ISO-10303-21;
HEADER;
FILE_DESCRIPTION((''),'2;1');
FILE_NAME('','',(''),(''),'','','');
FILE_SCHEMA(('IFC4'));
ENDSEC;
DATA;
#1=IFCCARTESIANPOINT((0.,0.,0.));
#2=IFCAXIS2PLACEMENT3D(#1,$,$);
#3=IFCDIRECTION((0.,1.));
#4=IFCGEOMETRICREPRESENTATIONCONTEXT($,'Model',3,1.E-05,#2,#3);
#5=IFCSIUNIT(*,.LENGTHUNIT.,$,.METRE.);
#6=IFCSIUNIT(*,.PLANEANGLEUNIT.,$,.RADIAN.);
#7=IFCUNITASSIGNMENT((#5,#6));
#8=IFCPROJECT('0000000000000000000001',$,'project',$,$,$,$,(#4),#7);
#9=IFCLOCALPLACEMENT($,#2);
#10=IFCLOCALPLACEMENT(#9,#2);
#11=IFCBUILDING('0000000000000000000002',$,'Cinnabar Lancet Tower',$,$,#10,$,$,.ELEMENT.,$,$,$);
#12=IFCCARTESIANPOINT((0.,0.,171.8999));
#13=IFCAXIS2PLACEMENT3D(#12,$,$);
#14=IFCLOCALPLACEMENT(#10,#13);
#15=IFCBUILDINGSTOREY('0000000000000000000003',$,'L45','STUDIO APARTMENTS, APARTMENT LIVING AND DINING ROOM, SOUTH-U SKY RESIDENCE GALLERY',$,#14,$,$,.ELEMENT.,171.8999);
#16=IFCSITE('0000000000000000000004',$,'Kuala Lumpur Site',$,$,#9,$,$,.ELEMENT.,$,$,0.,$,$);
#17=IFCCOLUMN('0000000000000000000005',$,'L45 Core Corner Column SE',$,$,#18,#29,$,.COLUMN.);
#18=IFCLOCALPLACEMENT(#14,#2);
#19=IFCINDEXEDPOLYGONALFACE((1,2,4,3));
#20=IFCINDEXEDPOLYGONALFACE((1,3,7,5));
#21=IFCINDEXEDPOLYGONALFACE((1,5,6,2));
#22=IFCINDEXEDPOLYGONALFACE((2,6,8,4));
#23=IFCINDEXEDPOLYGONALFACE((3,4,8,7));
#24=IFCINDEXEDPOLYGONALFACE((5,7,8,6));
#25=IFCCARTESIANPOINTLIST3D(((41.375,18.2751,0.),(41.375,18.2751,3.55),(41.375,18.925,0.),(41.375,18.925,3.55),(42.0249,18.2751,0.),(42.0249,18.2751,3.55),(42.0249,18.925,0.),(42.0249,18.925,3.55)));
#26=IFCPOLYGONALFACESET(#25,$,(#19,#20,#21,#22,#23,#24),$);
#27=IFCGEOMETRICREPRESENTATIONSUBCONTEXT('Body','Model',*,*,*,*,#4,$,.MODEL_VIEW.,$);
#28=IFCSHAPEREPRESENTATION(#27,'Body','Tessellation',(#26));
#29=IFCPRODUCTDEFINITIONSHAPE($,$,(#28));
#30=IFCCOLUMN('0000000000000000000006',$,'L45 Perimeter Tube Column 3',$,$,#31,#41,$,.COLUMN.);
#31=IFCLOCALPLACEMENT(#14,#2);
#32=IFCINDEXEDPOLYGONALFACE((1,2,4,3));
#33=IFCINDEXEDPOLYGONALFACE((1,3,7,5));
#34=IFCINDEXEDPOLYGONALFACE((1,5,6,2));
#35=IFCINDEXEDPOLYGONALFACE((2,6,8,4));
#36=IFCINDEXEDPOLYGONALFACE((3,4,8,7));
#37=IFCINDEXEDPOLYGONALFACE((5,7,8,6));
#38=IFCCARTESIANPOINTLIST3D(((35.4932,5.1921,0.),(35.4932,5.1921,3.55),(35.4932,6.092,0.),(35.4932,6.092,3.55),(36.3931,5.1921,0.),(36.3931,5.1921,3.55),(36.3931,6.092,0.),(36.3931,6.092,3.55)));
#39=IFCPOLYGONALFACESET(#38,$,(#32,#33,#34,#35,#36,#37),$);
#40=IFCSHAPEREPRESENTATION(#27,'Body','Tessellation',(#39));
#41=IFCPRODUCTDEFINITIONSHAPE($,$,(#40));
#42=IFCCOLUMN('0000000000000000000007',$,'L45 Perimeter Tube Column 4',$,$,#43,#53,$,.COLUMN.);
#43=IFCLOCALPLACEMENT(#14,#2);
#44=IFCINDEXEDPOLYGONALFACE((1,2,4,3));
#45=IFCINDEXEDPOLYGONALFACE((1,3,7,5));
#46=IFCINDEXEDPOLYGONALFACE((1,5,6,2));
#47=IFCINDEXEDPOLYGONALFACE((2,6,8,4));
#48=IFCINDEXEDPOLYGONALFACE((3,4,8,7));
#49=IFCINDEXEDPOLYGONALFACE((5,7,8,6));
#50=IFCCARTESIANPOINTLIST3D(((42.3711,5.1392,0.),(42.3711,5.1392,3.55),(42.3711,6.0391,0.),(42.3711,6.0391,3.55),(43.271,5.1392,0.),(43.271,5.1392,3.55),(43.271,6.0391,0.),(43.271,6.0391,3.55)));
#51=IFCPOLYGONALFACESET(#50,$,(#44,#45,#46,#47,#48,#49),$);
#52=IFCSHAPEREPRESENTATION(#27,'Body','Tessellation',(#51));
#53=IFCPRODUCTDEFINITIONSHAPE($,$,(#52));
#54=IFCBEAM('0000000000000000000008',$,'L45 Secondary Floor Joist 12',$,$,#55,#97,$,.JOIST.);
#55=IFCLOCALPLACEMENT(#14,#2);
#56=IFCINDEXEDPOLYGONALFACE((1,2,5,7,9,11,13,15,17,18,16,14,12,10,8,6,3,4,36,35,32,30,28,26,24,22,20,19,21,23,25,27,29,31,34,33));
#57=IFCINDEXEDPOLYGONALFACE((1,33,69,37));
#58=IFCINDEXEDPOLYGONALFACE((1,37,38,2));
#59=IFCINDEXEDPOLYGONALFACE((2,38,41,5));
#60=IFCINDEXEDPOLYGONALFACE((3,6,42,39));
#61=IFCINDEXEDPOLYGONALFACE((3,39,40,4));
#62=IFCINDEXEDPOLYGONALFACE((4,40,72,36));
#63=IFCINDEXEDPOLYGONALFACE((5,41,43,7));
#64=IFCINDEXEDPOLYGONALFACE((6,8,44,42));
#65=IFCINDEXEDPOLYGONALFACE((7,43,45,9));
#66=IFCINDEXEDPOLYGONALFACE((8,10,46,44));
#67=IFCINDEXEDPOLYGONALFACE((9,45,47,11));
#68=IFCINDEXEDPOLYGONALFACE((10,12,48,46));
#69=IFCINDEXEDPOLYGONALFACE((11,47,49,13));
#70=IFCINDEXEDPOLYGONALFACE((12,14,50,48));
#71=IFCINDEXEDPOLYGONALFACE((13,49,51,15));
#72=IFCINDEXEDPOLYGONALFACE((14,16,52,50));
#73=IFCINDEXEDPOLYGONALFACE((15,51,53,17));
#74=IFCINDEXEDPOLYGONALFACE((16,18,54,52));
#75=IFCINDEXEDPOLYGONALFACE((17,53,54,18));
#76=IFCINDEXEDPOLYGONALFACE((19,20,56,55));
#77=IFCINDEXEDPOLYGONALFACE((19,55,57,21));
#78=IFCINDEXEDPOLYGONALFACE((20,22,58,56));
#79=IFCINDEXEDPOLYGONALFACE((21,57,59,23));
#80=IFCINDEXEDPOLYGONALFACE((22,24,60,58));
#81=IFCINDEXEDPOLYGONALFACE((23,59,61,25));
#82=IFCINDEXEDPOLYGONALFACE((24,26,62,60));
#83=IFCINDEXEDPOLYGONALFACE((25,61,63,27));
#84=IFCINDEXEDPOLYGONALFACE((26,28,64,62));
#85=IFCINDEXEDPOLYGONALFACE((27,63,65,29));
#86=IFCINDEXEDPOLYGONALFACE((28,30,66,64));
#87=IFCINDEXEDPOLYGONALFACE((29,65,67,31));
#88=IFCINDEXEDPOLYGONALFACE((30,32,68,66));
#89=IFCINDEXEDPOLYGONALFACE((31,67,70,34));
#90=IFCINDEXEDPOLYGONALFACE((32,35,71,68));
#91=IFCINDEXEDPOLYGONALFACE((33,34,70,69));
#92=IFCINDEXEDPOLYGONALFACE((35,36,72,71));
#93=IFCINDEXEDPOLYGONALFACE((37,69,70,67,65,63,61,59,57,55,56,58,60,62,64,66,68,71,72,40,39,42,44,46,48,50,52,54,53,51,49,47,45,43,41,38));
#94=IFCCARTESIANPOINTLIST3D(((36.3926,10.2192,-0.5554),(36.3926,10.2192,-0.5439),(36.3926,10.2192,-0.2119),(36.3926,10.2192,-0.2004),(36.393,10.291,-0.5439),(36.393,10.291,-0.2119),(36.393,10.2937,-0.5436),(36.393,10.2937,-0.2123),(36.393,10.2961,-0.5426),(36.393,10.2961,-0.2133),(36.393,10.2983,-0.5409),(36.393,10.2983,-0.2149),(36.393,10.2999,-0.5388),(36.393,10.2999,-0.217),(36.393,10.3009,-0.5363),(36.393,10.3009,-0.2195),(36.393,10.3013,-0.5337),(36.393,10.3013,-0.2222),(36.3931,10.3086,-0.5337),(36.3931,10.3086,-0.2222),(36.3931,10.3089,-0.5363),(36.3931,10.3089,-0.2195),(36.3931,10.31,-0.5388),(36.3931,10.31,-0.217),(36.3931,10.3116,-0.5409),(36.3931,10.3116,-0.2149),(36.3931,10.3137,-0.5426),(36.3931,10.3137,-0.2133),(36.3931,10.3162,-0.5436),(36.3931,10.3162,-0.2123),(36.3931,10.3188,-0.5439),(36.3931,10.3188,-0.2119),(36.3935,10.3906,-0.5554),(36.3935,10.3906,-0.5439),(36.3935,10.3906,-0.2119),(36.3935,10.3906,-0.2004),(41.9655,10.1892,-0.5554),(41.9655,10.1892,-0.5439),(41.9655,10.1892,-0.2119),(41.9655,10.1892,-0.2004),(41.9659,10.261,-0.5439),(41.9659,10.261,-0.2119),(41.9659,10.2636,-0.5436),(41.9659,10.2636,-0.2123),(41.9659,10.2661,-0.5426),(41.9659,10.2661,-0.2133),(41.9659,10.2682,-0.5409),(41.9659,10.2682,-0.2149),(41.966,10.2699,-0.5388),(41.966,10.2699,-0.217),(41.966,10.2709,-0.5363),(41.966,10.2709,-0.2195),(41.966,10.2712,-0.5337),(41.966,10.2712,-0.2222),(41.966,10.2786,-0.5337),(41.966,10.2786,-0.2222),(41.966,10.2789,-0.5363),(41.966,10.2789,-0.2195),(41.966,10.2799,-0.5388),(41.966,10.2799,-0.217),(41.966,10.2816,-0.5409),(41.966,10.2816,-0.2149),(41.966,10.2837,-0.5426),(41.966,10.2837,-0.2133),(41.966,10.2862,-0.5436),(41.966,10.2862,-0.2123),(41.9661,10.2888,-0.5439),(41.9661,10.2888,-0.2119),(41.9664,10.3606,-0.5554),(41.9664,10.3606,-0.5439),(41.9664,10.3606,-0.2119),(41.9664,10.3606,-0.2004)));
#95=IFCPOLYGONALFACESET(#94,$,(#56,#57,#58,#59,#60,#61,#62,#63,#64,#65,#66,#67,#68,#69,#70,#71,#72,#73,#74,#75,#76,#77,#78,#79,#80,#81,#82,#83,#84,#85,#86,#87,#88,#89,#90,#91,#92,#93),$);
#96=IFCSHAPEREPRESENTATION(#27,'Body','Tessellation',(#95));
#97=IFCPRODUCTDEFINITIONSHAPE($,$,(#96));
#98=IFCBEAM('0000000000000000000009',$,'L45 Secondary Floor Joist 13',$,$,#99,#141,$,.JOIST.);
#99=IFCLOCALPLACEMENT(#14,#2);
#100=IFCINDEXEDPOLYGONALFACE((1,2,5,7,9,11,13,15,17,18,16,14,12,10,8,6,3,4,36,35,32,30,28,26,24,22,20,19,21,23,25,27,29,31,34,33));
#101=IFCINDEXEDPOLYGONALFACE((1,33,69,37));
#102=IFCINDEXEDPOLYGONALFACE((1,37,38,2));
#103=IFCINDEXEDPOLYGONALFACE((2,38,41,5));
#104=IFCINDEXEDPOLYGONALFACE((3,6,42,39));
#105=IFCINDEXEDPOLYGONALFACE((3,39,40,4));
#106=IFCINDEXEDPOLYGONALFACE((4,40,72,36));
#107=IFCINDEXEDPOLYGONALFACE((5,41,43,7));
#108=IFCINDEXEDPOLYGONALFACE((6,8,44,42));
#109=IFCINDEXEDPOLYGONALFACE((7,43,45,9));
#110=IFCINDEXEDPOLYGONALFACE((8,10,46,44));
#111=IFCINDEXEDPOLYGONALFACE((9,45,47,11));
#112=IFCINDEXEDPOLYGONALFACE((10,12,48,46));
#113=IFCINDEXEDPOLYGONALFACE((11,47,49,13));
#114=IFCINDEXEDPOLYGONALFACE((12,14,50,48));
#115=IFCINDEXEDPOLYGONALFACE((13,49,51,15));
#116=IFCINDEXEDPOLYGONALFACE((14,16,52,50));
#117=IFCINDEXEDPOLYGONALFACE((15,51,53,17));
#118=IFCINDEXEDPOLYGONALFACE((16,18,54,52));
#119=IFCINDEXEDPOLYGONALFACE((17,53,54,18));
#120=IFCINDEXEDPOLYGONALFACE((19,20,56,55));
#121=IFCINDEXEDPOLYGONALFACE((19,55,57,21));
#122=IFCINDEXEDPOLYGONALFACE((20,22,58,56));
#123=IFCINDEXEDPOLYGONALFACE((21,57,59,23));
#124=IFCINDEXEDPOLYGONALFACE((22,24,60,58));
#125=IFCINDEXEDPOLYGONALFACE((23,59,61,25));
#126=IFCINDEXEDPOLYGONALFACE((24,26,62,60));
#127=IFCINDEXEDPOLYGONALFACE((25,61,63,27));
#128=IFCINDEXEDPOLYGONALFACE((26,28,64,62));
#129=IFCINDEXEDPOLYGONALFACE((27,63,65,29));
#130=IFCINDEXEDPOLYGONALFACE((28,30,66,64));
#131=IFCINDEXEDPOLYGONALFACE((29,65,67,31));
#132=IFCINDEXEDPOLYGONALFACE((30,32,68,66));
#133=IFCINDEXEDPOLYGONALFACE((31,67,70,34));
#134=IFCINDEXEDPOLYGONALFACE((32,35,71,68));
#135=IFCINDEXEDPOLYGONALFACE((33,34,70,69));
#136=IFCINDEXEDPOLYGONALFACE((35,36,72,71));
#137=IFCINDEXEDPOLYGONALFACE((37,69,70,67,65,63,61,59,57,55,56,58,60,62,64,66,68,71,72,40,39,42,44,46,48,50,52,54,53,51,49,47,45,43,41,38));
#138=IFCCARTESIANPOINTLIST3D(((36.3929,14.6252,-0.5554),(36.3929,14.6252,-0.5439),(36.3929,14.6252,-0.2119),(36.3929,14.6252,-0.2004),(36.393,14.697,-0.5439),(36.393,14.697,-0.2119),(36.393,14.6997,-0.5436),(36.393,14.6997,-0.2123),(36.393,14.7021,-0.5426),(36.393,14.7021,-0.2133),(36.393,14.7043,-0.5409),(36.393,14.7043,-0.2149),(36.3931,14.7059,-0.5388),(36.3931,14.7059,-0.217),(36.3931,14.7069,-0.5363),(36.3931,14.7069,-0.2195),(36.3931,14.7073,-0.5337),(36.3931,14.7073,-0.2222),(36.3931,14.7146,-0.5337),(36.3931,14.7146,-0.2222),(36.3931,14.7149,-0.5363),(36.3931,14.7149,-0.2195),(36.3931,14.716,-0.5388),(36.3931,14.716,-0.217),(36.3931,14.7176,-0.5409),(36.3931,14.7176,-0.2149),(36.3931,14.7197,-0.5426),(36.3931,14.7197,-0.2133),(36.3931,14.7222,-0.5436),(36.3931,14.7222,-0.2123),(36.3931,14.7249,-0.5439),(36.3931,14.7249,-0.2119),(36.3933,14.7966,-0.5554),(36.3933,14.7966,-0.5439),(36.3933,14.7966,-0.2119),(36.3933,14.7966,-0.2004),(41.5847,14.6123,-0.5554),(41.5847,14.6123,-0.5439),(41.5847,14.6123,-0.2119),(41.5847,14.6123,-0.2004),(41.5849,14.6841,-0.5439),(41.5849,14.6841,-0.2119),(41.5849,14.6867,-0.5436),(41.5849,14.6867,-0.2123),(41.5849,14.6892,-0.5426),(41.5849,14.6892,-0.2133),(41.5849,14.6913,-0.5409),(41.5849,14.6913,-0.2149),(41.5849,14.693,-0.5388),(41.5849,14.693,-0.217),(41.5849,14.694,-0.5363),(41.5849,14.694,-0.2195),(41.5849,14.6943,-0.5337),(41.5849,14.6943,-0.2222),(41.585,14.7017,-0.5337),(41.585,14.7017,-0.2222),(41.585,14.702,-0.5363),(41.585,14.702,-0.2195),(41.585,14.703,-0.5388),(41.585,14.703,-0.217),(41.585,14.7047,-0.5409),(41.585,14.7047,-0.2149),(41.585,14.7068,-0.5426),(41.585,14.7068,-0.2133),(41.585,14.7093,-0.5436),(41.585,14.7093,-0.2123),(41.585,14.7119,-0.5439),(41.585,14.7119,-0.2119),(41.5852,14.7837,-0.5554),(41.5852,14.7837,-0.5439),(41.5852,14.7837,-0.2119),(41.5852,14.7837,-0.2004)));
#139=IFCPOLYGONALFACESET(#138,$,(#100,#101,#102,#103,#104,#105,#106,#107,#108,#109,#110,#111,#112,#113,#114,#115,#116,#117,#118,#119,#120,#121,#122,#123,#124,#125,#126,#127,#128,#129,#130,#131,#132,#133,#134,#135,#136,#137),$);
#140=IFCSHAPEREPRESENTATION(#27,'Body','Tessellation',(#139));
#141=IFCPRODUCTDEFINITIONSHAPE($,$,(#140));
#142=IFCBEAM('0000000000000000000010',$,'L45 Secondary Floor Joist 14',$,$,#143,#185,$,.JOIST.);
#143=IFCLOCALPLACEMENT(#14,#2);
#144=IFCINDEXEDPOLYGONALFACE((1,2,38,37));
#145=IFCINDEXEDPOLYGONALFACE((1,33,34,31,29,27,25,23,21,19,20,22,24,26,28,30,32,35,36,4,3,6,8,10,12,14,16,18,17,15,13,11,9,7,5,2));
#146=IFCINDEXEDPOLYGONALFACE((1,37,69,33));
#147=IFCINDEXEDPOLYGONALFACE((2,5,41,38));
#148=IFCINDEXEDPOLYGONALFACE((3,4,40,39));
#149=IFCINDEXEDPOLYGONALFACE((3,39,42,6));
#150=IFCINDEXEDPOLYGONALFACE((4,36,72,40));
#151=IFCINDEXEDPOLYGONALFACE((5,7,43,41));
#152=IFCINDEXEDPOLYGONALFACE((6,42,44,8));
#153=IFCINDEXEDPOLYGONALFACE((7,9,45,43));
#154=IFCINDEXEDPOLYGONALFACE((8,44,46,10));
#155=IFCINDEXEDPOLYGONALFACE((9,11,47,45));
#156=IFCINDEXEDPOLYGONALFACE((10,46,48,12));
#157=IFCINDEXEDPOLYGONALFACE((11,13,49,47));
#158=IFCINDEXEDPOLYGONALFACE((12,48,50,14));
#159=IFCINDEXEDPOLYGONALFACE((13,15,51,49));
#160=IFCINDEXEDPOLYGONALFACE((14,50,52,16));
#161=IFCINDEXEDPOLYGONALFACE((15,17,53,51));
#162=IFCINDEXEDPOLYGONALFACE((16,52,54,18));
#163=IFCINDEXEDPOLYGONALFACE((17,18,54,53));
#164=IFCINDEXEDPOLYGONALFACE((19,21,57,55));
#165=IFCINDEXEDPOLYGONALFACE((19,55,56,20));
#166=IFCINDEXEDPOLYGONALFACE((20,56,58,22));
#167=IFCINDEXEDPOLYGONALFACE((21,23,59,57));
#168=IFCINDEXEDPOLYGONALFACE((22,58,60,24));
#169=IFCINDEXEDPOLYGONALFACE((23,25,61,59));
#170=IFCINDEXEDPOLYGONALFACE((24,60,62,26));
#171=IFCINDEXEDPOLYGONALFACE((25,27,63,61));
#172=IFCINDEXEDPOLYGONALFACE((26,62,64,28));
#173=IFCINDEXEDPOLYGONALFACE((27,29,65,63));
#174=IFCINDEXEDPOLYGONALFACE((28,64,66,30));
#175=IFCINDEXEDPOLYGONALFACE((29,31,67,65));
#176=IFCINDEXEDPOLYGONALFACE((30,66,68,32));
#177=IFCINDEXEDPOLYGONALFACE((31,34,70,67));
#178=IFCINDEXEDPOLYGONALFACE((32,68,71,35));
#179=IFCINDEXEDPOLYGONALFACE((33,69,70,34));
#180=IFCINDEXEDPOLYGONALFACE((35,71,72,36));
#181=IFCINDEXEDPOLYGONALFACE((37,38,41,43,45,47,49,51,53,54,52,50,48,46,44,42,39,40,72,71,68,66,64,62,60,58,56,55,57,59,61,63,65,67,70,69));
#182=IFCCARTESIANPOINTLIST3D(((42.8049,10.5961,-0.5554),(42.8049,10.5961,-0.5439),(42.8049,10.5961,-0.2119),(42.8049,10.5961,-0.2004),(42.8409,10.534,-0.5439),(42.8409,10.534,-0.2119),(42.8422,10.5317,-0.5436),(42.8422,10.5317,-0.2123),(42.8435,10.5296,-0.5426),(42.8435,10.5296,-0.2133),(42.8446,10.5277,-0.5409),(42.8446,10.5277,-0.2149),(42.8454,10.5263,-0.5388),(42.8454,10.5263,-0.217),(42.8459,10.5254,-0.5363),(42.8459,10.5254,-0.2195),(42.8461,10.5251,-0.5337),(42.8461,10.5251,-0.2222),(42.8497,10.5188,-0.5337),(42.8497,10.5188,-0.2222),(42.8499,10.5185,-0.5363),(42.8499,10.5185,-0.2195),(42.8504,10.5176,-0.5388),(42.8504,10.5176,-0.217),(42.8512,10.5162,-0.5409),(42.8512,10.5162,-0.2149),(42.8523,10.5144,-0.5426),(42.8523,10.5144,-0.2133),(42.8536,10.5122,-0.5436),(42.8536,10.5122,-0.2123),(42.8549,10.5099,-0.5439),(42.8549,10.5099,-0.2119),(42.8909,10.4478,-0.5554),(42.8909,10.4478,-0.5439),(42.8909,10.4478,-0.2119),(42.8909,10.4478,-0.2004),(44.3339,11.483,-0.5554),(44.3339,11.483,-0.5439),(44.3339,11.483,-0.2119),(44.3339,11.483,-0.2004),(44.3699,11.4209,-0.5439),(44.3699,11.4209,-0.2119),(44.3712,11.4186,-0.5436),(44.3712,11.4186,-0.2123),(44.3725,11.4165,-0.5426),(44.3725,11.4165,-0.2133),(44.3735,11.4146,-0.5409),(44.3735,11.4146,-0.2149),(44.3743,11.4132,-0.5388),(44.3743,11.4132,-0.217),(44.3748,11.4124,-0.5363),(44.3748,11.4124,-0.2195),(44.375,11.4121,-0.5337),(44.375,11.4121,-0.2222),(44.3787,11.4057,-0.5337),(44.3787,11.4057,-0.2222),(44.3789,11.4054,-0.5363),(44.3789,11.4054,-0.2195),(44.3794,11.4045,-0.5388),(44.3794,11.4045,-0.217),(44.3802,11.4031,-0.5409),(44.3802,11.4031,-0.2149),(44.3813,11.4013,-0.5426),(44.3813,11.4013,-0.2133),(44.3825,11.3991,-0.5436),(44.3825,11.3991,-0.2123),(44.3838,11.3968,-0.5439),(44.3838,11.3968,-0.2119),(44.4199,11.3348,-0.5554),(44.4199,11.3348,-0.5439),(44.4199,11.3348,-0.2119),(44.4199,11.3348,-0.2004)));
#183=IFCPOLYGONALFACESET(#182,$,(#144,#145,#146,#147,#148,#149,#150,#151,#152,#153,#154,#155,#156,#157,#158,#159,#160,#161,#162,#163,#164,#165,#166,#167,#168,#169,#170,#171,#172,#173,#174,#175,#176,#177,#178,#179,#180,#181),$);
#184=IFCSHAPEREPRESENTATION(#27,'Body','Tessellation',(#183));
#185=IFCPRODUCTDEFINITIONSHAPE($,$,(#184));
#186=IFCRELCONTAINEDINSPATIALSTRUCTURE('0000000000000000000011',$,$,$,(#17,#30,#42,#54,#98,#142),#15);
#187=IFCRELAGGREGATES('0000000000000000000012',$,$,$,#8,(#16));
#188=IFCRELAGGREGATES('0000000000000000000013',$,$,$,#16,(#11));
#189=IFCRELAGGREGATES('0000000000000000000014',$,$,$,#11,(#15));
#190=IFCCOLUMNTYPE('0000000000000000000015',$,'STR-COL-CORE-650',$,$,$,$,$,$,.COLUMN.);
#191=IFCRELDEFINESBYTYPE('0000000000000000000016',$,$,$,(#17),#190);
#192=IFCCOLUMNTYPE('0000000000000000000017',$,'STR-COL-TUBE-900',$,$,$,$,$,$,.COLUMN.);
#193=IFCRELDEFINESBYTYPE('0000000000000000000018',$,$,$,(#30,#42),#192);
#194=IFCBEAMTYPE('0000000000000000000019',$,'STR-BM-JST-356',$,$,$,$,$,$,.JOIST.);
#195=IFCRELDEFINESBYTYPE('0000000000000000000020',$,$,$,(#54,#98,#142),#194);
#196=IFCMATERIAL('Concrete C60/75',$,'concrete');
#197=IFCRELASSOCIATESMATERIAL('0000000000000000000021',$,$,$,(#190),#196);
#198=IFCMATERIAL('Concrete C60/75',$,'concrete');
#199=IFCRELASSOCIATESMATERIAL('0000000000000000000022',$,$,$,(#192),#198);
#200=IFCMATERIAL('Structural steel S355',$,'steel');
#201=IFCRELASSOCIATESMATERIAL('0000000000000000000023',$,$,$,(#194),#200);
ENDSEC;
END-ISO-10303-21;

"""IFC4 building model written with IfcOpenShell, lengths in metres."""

from ifc_helpers import new_model, si_unit, direction, frame, origin, origin_2d, place, context, subcontext, project, spatial, rectangle, i_section, extrude, material, material_profile, profile_set, type_object, element, save


model = new_model("IFC4")

# Units and contexts
model_context = context("Model", 3, precision=1e-05, world=origin(), true_north=direction((0.0, 1.0)))
body_context = subcontext(model_context, "Body", "Model", "MODEL_VIEW")
ifc_project = project(units=[si_unit("LENGTHUNIT", "METRE"), si_unit("PLANEANGLEUNIT", "RADIAN")], contexts=[model_context])

# Site, building, storey
site_placement = place(None, origin())
site = spatial("IfcSite", under=ifc_project, at=site_placement, Name="Kuala Lumpur Site", CompositionType="ELEMENT", RefElevation=0.0)
building_placement = place(site_placement, origin())
building = spatial("IfcBuilding", under=site, at=building_placement, Name="Cinnabar Lancet Tower", CompositionType="ELEMENT")
storey_placement = place(building_placement, frame((0.0, 0.0, 171.8999)))
storey = spatial("IfcBuildingStorey", under=building, at=storey_placement, Name="L45", Description="STUDIO APARTMENTS, APARTMENT LIVING AND DINING ROOM, SOUTH-U SKY RESIDENCE GALLERY", CompositionType="ELEMENT", Elevation=171.8999)

# Columns
ifc_material_1 = material(Name="Concrete C60/75", Category="concrete")
ifc_material_profile_1 = material_profile(ifc_material_1, rectangle(XDim=0.6499, YDim=0.6499, at=origin_2d()), Name="RC-COL 650x650")
ifc_profile_set_1 = profile_set([ifc_material_profile_1], Name="Concrete C60/75")
column_type_1 = type_object("IfcColumnType", Name="STR-COL-CORE-650", PredefinedType="COLUMN", material=ifc_profile_set_1)
column_placement = place(storey_placement, frame((41.7, 18.6001, 0.0), z_axis=(0.0, 0.0, 1.0), x_axis=(1.0, 0.0, 0.0)))
element("IfcColumn", 1, at=column_placement, inside=storey, type_object=column_type_1, Name="L45 Core Corner Column SE", PredefinedType="COLUMN", context=body_context, shape_type="SweptSolid", body=[
    extrude(rectangle(XDim=0.6499, YDim=0.6499, at=origin_2d()), origin(), (0.0, 0.0, 1.0), 3.55),
])
ifc_material_2 = material(Name="Concrete C60/75", Category="concrete")
ifc_material_profile_2 = material_profile(ifc_material_2, rectangle(XDim=0.8999, YDim=0.8999, at=origin_2d()), Name="RC-COL 900x900")
ifc_profile_set_2 = profile_set([ifc_material_profile_2], Name="Concrete C60/75")
column_type_2 = type_object("IfcColumnType", Name="STR-COL-TUBE-900", PredefinedType="COLUMN", material=ifc_profile_set_2)
for number, where, z_axis, x_axis, name in (
    (2, (35.9431, 5.6421, 0.0), (0.0, 0.0, 1.0), (1.0, 0.0, 0.0), "L45 Perimeter Tube Column 3"),
    (3, (42.821, 5.5891, 0.0), (0.0, 0.0, 1.0), (1.0, 0.0, 0.0), "L45 Perimeter Tube Column 4"),
):
    element("IfcColumn", number, at=place(storey_placement, frame(where, z_axis=z_axis, x_axis=x_axis)), inside=storey, type_object=column_type_2, Name=name, PredefinedType="COLUMN", context=body_context, shape_type="SweptSolid", body=[
        extrude(rectangle(XDim=0.8999, YDim=0.8999, at=origin_2d()), origin(), (0.0, 0.0, 1.0), 3.55),
    ])

# Beams
ifc_material_3 = material(Name="Structural steel S355", Category="steel")
ifc_material_profile_3 = material_profile(ifc_material_3, i_section(OverallWidth=0.1714, OverallDepth=0.355, WebThickness=0.0073, FlangeThickness=0.0115, FilletRadius=0.0103, at=origin_2d()), Name="UKB 356x171x51")
ifc_profile_set_3 = profile_set([ifc_material_profile_3], Name="Structural steel S355")
beam_type_1 = type_object("IfcBeamType", Name="STR-BM-JST-356", PredefinedType="JOIST", material=ifc_profile_set_3)
beam_1_placement = place(storey_placement, frame((36.3931, 10.3049, -0.3779), z_axis=(0.999985, -0.005388, 0.0), x_axis=(0.005388, 0.999985, 0.0)))
element("IfcBeam", 4, at=beam_1_placement, inside=storey, type_object=beam_type_1, Name="L45 Secondary Floor Joist 12", PredefinedType="JOIST", context=body_context, shape_type="SweptSolid", body=[
    extrude(i_section(OverallWidth=0.1714, OverallDepth=0.355, WebThickness=0.0073, FlangeThickness=0.0115, FilletRadius=0.0103, at=origin_2d()), origin(), (0.0, 0.0, 1.0), 5.573),
])
beam_2_placement = place(storey_placement, frame((36.3931, 14.7109, -0.3779), z_axis=(0.999997, -0.002492, 0.0), x_axis=(0.002492, 0.999997, 0.0)))
element("IfcBeam", 5, at=beam_2_placement, inside=storey, type_object=beam_type_1, Name="L45 Secondary Floor Joist 13", PredefinedType="JOIST", context=body_context, shape_type="SweptSolid", body=[
    extrude(i_section(OverallWidth=0.1714, OverallDepth=0.355, WebThickness=0.0073, FlangeThickness=0.0115, FilletRadius=0.0103, at=origin_2d()), origin(), (0.0, 0.0, 1.0), 5.1919),
])
beam_3_placement = place(storey_placement, frame((42.8479, 10.522, -0.3779), z_axis=(0.865004, 0.501766, 0.0), x_axis=(-0.501766, 0.865004, 0.0)))
element("IfcBeam", 6, at=beam_3_placement, inside=storey, type_object=beam_type_1, Name="L45 Secondary Floor Joist 14", PredefinedType="JOIST", context=body_context, shape_type="SweptSolid", body=[
    extrude(i_section(OverallWidth=0.1714, OverallDepth=0.355, WebThickness=0.0073, FlangeThickness=0.0115, FilletRadius=0.0103, at=origin_2d()), origin(), (0.0, 0.0, 1.0), 1.7676),
])

save(model, "model.ifc")
